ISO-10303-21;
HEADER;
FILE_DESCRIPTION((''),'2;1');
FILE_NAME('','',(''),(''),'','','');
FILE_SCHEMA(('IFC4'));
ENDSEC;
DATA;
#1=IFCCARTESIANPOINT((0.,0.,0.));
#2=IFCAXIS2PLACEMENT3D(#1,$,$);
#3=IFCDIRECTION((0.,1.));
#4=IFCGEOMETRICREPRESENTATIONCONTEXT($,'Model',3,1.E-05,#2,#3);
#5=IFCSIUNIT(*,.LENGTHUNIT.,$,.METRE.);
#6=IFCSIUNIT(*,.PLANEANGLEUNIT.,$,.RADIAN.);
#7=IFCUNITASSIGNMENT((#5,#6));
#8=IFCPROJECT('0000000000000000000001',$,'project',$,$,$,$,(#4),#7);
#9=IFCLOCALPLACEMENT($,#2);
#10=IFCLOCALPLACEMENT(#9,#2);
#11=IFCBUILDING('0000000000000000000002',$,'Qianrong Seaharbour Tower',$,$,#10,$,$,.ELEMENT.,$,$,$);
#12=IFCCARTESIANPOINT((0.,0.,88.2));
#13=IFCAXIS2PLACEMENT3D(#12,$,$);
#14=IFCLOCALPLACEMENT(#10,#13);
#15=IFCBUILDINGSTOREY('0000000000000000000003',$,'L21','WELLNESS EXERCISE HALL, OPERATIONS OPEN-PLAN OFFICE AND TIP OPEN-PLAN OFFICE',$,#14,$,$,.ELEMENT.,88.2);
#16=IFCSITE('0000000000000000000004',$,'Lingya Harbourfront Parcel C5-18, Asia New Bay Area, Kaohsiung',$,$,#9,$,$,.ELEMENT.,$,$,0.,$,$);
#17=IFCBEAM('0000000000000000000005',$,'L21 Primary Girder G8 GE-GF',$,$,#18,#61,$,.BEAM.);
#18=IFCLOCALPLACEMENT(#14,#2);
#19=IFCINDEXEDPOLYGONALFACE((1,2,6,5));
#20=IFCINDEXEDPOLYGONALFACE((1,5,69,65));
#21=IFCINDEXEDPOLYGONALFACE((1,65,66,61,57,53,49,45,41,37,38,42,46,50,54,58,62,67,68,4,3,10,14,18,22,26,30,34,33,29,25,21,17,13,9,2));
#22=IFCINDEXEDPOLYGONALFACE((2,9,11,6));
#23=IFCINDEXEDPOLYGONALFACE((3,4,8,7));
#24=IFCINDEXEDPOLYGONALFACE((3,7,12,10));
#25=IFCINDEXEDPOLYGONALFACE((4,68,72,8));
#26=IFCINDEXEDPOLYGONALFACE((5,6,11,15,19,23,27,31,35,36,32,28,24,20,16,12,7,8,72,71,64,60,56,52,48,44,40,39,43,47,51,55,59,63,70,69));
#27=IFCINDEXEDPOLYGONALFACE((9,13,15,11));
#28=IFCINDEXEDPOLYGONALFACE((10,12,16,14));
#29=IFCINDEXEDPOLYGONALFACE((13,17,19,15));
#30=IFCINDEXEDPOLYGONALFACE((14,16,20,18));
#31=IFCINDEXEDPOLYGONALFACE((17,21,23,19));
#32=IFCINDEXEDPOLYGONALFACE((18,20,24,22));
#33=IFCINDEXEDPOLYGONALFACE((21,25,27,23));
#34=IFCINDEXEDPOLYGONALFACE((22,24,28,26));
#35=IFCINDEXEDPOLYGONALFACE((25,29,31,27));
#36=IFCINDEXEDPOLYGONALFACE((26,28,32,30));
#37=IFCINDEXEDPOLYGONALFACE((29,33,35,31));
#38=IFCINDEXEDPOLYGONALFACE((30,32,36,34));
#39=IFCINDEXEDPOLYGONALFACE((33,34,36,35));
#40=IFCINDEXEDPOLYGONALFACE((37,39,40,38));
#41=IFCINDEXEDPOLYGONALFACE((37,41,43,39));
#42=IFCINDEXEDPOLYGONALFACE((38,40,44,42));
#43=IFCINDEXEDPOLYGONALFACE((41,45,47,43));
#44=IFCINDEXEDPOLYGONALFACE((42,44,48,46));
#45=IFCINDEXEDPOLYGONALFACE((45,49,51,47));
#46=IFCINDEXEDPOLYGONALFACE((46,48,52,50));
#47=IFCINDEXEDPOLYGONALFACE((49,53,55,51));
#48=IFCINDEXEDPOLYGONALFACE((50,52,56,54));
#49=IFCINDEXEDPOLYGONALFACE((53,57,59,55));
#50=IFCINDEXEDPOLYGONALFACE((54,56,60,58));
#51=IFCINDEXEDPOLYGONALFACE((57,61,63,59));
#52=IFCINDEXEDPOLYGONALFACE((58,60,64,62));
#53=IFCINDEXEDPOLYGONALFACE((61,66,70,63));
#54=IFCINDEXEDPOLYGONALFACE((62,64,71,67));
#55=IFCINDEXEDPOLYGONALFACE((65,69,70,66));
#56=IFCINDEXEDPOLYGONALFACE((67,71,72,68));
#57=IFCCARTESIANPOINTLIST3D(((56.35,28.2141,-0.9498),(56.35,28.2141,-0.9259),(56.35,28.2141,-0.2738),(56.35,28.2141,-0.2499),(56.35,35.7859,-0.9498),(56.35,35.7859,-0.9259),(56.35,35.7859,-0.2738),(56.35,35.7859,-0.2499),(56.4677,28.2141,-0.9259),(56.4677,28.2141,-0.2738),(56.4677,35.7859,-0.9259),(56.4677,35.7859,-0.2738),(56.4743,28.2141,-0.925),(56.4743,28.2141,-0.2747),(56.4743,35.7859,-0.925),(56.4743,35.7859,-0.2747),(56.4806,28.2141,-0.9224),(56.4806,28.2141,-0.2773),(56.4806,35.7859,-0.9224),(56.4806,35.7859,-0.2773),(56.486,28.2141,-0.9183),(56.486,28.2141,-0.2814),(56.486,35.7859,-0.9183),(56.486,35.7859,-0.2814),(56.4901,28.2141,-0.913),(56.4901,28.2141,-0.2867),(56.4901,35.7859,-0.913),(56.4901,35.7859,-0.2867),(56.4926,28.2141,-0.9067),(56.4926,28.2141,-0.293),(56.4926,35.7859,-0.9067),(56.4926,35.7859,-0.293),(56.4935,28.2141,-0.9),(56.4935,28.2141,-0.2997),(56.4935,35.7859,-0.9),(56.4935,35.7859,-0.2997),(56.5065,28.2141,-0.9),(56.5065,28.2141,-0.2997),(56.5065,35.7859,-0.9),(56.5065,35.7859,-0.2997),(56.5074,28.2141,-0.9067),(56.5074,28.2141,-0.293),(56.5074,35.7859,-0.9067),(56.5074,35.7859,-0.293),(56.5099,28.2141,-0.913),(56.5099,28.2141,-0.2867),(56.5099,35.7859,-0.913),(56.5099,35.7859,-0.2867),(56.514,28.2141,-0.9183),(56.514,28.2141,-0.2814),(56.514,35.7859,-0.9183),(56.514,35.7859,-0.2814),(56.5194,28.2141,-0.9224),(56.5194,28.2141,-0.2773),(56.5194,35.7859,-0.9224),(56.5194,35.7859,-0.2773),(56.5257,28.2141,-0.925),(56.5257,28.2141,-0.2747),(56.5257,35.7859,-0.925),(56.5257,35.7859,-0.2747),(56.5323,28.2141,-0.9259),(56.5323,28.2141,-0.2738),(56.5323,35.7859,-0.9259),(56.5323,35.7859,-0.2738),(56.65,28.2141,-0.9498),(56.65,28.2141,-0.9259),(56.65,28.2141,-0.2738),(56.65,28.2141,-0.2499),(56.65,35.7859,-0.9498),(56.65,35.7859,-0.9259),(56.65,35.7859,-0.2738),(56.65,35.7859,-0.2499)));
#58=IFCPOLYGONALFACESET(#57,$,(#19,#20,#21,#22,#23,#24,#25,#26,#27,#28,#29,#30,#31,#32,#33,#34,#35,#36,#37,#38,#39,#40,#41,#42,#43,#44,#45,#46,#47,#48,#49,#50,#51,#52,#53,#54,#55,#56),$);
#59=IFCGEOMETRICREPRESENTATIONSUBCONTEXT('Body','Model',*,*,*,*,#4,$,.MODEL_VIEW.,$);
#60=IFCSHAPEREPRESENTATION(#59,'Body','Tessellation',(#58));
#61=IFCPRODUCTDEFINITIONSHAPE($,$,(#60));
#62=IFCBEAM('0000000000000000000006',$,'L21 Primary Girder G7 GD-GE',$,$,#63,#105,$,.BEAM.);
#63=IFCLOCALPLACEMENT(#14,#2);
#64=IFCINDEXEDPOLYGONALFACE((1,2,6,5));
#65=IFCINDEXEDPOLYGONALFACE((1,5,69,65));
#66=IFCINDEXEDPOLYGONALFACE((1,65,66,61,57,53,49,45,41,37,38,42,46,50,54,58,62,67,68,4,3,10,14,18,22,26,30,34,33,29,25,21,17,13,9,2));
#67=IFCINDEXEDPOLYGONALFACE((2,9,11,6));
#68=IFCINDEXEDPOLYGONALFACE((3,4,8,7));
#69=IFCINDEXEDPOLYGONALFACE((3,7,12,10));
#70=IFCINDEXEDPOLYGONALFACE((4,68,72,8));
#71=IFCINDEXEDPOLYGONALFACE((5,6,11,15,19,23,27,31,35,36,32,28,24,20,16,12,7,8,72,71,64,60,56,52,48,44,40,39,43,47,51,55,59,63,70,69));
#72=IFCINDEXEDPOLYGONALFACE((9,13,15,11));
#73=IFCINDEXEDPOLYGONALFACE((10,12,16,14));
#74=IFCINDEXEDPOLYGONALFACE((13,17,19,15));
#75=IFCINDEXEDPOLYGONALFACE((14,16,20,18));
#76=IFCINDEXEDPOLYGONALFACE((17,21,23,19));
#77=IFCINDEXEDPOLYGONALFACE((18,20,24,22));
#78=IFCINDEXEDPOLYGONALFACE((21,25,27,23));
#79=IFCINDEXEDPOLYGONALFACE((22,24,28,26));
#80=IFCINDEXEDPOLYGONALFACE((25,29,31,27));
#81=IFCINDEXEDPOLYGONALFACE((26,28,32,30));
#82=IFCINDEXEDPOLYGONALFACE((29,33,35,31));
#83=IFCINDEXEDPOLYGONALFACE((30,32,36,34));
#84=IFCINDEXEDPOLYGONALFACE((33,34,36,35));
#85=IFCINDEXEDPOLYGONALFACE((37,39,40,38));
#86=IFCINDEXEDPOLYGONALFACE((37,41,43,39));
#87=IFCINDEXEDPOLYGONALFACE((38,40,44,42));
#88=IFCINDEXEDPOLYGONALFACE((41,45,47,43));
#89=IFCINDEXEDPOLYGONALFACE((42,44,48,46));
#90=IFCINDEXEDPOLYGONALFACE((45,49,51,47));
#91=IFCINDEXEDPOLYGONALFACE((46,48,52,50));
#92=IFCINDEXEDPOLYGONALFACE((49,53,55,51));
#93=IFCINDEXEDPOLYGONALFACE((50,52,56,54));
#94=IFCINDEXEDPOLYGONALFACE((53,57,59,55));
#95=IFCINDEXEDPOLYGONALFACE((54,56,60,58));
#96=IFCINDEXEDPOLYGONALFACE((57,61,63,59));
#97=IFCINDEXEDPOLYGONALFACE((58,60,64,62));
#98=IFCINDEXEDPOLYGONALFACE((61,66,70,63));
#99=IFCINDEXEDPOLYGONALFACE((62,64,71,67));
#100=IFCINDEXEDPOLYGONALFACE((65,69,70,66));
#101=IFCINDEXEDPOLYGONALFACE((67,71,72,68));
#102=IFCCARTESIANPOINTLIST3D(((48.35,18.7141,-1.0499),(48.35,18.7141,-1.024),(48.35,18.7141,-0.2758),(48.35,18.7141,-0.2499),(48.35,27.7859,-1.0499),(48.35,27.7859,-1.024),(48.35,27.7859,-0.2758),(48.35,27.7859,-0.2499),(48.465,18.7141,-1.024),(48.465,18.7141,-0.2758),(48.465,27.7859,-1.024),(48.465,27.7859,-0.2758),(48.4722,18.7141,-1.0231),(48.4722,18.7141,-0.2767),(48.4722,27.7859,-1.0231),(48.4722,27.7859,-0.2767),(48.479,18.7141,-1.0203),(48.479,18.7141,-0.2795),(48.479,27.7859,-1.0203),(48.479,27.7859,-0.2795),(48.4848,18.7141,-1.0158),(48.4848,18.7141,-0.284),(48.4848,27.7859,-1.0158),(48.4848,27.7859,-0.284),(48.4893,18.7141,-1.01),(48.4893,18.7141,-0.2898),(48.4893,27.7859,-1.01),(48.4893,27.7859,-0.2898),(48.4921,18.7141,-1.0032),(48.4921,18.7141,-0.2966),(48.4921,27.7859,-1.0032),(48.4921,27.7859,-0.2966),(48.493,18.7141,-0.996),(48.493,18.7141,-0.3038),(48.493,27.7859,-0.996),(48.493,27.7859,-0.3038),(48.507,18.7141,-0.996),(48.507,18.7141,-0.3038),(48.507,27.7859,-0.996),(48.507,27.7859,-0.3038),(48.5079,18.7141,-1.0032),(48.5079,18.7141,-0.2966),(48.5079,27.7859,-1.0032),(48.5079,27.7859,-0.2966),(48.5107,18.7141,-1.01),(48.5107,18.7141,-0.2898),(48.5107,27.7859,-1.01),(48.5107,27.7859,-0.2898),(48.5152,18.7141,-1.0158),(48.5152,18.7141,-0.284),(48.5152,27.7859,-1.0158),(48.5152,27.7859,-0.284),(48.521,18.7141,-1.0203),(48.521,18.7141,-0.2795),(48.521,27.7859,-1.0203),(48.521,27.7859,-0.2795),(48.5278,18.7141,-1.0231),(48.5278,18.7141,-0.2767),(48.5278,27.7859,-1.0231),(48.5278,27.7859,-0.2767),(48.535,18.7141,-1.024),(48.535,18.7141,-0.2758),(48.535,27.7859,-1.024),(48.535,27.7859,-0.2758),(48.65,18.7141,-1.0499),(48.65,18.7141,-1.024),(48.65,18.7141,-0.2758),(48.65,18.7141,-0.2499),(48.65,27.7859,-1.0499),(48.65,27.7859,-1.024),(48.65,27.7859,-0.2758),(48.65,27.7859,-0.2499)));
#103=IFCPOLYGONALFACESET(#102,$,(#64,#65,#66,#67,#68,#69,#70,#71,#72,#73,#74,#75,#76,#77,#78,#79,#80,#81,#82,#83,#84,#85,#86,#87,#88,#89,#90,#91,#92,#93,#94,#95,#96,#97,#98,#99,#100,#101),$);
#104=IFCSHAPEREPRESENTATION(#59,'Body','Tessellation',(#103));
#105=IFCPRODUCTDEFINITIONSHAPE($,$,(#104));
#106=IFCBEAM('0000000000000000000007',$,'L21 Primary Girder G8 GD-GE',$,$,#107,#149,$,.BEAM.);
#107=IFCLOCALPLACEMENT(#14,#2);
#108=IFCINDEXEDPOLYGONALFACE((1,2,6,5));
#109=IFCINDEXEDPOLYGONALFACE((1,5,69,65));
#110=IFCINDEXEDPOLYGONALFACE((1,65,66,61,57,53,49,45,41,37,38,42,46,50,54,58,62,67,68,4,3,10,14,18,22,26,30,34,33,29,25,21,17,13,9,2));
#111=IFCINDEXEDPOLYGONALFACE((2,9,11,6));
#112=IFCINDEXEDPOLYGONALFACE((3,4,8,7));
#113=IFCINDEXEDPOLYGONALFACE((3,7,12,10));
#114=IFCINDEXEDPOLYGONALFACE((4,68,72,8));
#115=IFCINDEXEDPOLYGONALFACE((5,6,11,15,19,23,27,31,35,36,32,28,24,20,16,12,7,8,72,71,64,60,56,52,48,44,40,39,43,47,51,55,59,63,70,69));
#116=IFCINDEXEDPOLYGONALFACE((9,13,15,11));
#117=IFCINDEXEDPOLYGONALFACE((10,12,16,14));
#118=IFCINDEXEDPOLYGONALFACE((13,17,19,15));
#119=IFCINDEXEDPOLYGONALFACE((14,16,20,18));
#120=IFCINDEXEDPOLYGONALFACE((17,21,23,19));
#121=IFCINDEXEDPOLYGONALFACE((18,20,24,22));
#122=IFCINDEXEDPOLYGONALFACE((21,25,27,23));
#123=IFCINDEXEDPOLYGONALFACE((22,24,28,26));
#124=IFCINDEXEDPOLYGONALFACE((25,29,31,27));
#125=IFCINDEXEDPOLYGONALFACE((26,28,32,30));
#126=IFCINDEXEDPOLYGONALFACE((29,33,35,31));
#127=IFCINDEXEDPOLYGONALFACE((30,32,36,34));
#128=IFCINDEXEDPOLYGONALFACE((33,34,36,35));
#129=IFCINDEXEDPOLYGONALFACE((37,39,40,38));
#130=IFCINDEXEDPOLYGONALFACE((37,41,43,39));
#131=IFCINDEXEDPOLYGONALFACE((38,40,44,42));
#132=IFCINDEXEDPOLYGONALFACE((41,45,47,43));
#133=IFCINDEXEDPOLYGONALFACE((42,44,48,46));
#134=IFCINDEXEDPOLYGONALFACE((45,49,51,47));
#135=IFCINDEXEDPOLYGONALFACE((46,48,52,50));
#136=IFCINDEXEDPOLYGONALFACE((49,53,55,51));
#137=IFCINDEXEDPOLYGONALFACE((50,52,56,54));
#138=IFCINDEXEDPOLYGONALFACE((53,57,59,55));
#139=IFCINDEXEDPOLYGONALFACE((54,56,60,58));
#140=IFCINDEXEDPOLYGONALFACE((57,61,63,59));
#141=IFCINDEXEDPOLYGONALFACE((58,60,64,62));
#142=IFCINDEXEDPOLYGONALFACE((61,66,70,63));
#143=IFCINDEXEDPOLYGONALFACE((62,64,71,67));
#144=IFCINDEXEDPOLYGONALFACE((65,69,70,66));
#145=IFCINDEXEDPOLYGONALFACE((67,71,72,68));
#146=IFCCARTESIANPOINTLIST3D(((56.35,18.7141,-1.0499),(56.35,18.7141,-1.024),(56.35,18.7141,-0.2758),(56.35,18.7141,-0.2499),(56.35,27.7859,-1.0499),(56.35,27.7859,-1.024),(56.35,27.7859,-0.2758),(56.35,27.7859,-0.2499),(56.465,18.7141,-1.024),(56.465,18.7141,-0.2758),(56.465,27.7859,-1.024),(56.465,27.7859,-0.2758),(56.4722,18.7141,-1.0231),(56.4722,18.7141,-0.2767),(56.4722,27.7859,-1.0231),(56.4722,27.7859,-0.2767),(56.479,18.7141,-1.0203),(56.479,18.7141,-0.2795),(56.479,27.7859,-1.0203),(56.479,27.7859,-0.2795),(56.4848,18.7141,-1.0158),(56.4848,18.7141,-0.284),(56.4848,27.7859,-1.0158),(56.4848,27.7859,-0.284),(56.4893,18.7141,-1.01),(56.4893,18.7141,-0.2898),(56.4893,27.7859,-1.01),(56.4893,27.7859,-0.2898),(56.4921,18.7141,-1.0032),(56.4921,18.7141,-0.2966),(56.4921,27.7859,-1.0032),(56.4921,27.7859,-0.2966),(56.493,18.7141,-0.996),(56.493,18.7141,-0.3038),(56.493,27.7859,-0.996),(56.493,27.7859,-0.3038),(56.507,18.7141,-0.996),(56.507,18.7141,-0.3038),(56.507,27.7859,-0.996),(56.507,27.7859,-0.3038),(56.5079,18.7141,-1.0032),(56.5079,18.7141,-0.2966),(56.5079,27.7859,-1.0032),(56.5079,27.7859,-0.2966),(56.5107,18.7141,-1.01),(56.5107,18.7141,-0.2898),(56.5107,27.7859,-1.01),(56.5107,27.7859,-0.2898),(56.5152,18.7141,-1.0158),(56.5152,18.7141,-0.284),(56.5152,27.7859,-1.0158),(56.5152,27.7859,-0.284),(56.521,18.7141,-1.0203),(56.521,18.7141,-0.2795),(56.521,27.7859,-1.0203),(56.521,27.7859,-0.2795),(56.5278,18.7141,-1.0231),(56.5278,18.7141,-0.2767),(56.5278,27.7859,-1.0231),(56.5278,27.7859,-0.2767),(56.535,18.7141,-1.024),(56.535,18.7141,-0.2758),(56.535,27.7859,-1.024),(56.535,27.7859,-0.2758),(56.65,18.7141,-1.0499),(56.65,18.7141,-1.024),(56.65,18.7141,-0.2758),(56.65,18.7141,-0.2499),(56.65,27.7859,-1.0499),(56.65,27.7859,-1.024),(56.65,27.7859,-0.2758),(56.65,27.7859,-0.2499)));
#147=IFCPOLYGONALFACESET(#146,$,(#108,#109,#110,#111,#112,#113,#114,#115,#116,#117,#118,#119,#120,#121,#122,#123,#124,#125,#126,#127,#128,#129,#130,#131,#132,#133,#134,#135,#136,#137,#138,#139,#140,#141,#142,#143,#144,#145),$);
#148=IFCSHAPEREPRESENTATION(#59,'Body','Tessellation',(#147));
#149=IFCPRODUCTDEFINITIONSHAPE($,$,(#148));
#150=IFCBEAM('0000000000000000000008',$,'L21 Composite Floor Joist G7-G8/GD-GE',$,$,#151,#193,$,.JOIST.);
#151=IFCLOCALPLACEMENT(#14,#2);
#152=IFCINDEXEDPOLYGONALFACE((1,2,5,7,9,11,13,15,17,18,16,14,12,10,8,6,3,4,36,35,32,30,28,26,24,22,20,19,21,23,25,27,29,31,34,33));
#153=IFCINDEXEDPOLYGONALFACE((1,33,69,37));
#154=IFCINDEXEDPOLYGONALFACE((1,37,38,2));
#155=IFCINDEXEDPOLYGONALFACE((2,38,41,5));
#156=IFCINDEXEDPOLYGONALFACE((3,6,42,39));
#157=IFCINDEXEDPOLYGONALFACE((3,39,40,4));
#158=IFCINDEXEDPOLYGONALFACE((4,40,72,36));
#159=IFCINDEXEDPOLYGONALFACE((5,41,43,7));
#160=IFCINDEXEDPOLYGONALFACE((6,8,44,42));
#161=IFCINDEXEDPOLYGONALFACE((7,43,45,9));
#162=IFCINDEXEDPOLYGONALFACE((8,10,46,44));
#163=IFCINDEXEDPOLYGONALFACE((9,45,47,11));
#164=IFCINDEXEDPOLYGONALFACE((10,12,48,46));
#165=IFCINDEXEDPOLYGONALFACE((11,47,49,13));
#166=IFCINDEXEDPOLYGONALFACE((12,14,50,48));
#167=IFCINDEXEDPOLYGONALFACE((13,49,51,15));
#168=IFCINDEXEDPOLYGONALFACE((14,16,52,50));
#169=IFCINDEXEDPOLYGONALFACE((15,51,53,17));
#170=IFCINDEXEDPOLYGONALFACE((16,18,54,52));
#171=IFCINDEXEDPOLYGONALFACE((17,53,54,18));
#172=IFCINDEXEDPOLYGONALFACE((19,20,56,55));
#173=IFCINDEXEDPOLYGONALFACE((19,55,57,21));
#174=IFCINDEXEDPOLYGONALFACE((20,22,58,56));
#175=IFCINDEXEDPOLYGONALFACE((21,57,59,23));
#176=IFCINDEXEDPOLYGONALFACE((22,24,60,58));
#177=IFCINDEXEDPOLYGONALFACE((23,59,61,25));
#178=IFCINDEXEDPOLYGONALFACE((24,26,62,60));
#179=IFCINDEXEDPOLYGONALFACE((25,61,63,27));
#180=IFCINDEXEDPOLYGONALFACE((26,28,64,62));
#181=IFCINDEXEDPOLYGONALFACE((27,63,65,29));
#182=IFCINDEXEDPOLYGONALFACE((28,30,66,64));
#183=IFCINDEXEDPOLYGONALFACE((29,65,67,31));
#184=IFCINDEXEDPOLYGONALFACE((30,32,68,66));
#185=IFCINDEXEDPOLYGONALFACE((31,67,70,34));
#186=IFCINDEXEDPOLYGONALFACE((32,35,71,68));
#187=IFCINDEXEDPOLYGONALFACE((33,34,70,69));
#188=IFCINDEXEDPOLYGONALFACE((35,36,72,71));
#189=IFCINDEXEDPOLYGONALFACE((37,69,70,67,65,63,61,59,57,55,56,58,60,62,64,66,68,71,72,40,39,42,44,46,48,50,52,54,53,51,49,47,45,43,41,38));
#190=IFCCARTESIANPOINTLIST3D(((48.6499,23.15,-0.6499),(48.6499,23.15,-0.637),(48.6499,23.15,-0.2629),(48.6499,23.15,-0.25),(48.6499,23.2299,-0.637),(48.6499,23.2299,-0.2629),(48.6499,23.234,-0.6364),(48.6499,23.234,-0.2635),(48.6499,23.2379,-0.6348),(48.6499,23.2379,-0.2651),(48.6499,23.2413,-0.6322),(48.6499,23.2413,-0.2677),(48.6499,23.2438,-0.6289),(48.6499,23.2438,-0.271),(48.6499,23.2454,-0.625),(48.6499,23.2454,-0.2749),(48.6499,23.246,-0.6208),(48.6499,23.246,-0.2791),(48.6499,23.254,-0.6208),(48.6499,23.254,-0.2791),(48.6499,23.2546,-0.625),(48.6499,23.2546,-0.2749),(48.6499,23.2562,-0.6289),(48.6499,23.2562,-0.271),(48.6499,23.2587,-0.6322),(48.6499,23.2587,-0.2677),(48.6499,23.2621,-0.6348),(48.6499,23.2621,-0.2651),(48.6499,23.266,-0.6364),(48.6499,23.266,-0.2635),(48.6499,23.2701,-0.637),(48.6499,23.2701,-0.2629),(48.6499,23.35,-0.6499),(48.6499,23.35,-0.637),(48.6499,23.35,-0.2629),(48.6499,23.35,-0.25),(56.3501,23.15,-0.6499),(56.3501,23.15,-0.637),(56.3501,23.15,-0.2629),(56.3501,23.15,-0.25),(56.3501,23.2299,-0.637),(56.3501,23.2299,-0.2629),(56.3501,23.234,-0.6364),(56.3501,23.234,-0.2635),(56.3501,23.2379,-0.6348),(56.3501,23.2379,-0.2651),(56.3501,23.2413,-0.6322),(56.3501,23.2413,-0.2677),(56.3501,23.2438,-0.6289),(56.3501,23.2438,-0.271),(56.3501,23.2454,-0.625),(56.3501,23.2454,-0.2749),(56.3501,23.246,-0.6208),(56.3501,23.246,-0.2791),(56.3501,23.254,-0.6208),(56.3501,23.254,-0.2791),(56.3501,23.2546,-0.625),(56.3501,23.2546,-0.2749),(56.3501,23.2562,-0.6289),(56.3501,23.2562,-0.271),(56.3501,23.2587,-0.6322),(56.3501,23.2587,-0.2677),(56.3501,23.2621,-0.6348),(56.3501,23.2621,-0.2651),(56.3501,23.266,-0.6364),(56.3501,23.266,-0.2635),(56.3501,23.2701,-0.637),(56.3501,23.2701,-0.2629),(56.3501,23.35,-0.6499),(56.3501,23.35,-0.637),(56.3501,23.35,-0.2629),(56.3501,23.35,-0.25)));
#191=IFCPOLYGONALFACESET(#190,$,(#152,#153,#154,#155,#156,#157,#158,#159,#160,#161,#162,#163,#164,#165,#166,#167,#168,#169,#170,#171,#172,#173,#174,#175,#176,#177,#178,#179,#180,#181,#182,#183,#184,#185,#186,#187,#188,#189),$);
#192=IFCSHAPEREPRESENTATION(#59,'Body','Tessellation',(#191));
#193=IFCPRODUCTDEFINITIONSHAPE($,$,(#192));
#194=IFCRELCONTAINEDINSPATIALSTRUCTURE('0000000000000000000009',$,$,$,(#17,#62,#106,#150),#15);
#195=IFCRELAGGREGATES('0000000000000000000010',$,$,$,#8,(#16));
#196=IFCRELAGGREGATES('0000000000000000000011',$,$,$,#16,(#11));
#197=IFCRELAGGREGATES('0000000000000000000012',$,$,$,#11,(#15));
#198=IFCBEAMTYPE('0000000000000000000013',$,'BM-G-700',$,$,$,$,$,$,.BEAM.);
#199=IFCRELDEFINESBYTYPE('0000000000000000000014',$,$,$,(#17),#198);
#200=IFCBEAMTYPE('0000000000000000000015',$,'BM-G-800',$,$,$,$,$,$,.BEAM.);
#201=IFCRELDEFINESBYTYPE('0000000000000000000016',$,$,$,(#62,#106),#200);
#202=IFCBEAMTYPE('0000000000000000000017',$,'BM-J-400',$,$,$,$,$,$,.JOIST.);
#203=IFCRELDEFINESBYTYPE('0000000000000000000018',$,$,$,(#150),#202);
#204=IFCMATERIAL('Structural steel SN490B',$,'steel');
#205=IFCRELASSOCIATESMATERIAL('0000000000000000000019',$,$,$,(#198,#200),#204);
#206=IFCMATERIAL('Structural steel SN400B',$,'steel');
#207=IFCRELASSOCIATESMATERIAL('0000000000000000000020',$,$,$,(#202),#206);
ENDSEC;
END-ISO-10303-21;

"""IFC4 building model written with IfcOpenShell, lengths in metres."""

from ifc_helpers import new_model, si_unit, direction, frame, origin, origin_2d, place, context, subcontext, project, spatial, i_section, extrude, material, material_profile, profile_set, type_object, element, save


model = new_model("IFC4")

# Units and contexts
model_context = context("Model", 3, precision=1e-05, world=origin(), true_north=direction((0.0, 1.0)))
body_context = subcontext(model_context, "Body", "Model", "MODEL_VIEW")
ifc_project = project(units=[si_unit("LENGTHUNIT", "METRE"), si_unit("PLANEANGLEUNIT", "RADIAN")], contexts=[model_context])

# Site, building, storey
site_placement = place(None, origin())
site = spatial("IfcSite", under=ifc_project, at=site_placement, Name="Lingya Harbourfront Parcel C5-18, Asia New Bay Area, Kaohsiung", CompositionType="ELEMENT", RefElevation=0.0)
building_placement = place(site_placement, origin())
building = spatial("IfcBuilding", under=site, at=building_placement, Name="Qianrong Seaharbour Tower", CompositionType="ELEMENT")
storey_placement = place(building_placement, frame((0.0, 0.0, 88.2)))
storey = spatial("IfcBuildingStorey", under=building, at=storey_placement, Name="L21", Description="WELLNESS EXERCISE HALL, OPERATIONS OPEN-PLAN OFFICE AND TIP OPEN-PLAN OFFICE", CompositionType="ELEMENT", Elevation=88.2)

# Shared definitions
ifc_material_1 = material(Name="Structural steel SN490B", Category="steel")

# Beams
ifc_material_profile_1 = material_profile(ifc_material_1, i_section(OverallWidth=0.3, OverallDepth=0.7, WebThickness=0.0129, FlangeThickness=0.0239, FilletRadius=0.0259, at=origin_2d()), Name="H700x300x13x24")
ifc_profile_set_1 = profile_set([ifc_material_profile_1], Name="Structural steel SN490B")
beam_type_1 = type_object("IfcBeamType", Name="BM-G-700", PredefinedType="BEAM", material=ifc_profile_set_1)
for number, where, z_axis, x_axis, name in (
    (1, (56.5, 28.2141, -0.5999), (0.0, 1.0, 0.0), (-1.0, 0.0, 0.0), "L21 Primary Girder G8 GE-GF"),
):
    element("IfcBeam", number, at=place(storey_placement, frame(where, z_axis=z_axis, x_axis=x_axis)), inside=storey, type_object=beam_type_1, Name=name, PredefinedType="BEAM", context=body_context, shape_type="SweptSolid", body=[
        extrude(i_section(OverallWidth=0.3, OverallDepth=0.7, WebThickness=0.0129, FlangeThickness=0.0239, FilletRadius=0.0259, at=origin_2d()), origin(), (0.0, 0.0, 1.0), 7.5718),
    ])
ifc_material_profile_2 = material_profile(ifc_material_1, i_section(OverallWidth=0.3, OverallDepth=0.8, WebThickness=0.0139, FlangeThickness=0.0259, FilletRadius=0.0281, at=origin_2d()), Name="H800x300x14x26")
ifc_profile_set_2 = profile_set([ifc_material_profile_2], Name="Structural steel SN490B")
beam_type_2 = type_object("IfcBeamType", Name="BM-G-800", PredefinedType="BEAM", material=ifc_profile_set_2)
for number, where, z_axis, x_axis, name in (
    (2, (48.5, 18.7141, -0.6499), (0.0, 1.0, 0.0), (-1.0, 0.0, 0.0), "L21 Primary Girder G7 GD-GE"),
    (3, (56.5, 18.7141, -0.6499), (0.0, 1.0, 0.0), (-1.0, 0.0, 0.0), "L21 Primary Girder G8 GD-GE"),
):
    element("IfcBeam", number, at=place(storey_placement, frame(where, z_axis=z_axis, x_axis=x_axis)), inside=storey, type_object=beam_type_2, Name=name, PredefinedType="BEAM", context=body_context, shape_type="SweptSolid", body=[
        extrude(i_section(OverallWidth=0.3, OverallDepth=0.8, WebThickness=0.0139, FlangeThickness=0.0259, FilletRadius=0.0281, at=origin_2d()), origin(), (0.0, 0.0, 1.0), 9.0718),
    ])
ifc_material_2 = material(Name="Structural steel SN400B", Category="steel")
ifc_material_profile_3 = material_profile(ifc_material_2, i_section(OverallWidth=0.2, OverallDepth=0.3999, WebThickness=0.0081, FlangeThickness=0.0129, FilletRadius=0.0161, at=origin_2d()), Name="H400x200x8x13")
ifc_profile_set_3 = profile_set([ifc_material_profile_3], Name="Structural steel SN400B")
beam_type_3 = type_object("IfcBeamType", Name="BM-J-400", PredefinedType="JOIST", material=ifc_profile_set_3)
for number, where, z_axis, x_axis, name in (
    (4, (48.6499, 23.25, -0.45), (1.0, 0.0, 0.0), (0.0, 1.0, 0.0), "L21 Composite Floor Joist G7-G8/GD-GE"),
):
    element("IfcBeam", number, at=place(storey_placement, frame(where, z_axis=z_axis, x_axis=x_axis)), inside=storey, type_object=beam_type_3, Name=name, PredefinedType="JOIST", context=body_context, shape_type="SweptSolid", body=[
        extrude(i_section(OverallWidth=0.2, OverallDepth=0.3999, WebThickness=0.0081, FlangeThickness=0.0129, FilletRadius=0.0161, at=origin_2d()), origin(), (0.0, 0.0, 1.0), 7.7002),
    ])

save(model, "model.ifc")
